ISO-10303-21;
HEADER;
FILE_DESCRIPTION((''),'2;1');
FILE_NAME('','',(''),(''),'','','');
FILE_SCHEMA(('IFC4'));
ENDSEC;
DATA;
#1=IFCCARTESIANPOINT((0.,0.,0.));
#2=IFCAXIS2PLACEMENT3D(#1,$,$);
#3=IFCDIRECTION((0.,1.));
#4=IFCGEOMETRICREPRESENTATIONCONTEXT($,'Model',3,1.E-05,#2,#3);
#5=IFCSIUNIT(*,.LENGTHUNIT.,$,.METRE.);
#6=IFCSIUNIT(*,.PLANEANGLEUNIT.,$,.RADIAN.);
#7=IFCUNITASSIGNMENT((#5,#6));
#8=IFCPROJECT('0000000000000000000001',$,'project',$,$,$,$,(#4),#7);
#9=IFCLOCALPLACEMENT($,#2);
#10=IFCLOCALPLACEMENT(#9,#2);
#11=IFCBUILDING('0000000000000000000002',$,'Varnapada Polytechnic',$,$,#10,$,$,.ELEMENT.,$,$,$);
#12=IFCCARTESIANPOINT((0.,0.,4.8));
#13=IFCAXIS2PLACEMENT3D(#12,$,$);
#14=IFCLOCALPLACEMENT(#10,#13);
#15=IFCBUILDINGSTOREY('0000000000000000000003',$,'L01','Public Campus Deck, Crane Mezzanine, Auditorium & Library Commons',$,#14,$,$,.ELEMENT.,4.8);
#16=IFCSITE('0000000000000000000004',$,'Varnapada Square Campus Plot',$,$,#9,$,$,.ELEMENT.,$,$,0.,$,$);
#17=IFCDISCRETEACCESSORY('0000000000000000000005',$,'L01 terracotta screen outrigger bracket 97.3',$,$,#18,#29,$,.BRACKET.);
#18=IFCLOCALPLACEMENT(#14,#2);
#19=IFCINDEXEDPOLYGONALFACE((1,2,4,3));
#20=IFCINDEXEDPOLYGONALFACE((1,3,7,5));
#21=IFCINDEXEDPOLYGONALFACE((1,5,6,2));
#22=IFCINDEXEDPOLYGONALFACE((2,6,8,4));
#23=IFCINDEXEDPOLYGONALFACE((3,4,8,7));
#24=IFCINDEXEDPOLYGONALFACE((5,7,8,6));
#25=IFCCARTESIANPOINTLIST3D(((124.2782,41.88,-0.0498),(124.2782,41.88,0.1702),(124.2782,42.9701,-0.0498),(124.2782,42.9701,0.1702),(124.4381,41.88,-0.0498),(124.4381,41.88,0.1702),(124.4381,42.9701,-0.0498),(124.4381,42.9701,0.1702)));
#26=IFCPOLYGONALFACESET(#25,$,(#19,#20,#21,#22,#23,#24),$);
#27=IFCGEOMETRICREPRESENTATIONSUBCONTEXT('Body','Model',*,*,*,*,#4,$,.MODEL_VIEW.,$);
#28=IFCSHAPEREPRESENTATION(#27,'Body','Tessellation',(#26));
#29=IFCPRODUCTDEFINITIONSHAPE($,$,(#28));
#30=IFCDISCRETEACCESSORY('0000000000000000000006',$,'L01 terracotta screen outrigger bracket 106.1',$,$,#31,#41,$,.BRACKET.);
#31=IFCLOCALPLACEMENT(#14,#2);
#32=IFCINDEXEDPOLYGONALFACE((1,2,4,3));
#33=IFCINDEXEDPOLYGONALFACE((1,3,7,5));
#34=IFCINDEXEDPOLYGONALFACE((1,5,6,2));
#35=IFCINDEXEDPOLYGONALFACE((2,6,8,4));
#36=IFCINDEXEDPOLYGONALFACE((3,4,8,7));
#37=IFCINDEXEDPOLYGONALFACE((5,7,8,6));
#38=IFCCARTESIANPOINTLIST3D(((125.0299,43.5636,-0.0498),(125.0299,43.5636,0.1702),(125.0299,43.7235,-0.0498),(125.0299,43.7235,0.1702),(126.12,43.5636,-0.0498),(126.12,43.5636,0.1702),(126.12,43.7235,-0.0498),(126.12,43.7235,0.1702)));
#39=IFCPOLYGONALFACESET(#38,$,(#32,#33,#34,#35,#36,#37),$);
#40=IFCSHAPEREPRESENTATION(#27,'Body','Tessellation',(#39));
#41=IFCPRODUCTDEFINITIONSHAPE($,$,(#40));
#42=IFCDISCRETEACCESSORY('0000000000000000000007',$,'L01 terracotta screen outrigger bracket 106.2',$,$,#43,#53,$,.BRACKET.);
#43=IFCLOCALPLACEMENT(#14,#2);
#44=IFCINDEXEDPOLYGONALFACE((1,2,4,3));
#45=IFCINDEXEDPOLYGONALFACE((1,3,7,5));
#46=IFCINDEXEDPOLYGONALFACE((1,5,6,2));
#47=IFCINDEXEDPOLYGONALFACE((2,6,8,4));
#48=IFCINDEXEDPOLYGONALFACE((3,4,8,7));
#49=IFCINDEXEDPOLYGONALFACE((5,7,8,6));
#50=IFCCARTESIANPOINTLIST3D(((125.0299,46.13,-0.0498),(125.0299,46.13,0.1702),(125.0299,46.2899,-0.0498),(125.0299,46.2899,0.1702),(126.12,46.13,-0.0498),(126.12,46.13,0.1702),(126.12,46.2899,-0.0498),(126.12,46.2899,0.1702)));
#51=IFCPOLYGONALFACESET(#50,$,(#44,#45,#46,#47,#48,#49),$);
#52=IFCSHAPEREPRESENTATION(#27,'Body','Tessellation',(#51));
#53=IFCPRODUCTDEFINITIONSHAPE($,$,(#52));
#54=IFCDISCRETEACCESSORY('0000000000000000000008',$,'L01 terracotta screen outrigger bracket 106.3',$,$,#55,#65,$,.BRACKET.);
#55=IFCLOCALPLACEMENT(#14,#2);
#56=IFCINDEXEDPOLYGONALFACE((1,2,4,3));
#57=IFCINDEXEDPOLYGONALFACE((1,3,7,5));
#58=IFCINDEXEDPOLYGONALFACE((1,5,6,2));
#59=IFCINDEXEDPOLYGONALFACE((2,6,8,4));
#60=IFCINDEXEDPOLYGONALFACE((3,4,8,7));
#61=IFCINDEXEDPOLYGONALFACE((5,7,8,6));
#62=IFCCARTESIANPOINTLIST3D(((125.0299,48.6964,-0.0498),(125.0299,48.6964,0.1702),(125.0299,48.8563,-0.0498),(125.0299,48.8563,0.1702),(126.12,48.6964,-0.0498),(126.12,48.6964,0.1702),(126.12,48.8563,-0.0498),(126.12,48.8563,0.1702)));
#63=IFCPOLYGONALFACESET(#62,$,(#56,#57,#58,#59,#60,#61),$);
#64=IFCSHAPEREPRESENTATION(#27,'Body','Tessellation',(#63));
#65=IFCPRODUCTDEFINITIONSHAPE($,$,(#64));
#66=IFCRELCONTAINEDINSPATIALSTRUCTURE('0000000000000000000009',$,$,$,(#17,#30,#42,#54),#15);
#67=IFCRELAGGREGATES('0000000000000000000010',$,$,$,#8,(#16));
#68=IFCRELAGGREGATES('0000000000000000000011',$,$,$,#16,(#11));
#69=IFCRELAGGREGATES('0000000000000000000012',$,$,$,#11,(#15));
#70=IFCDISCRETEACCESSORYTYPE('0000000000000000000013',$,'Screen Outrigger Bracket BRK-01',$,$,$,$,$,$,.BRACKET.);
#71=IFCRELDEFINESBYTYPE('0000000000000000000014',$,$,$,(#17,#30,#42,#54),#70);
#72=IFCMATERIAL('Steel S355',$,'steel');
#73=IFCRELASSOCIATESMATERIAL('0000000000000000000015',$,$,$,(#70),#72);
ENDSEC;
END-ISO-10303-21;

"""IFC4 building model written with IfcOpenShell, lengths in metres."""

from ifc_helpers import new_model, si_unit, direction, frame, origin, origin_2d, place, context, subcontext, project, spatial, rectangle, extrude, material, type_object, element, save


model = new_model("IFC4")

# Units and contexts
model_context = context("Model", 3, precision=1e-05, world=origin(), true_north=direction((0.0, 1.0)))
body_context = subcontext(model_context, "Body", "Model", "MODEL_VIEW")
ifc_project = project(units=[si_unit("LENGTHUNIT", "METRE"), si_unit("PLANEANGLEUNIT", "RADIAN")], contexts=[model_context])

# Site, building, storey
site_placement = place(None, origin())
site = spatial("IfcSite", under=ifc_project, at=site_placement, Name="Varnapada Square Campus Plot", CompositionType="ELEMENT", RefElevation=0.0)
building_placement = place(site_placement, origin())
building = spatial("IfcBuilding", under=site, at=building_placement, Name="Varnapada Polytechnic", CompositionType="ELEMENT")
storey_placement = place(building_placement, frame((0.0, 0.0, 4.8)))
storey = spatial("IfcBuildingStorey", under=building, at=storey_placement, Name="L01", Description="Public Campus Deck, Crane Mezzanine, Auditorium & Library Commons", CompositionType="ELEMENT", Elevation=4.8)

# Discrete accessories
ifc_material_1 = material(Name="Steel S355", Category="steel")
discrete_accessory_type = type_object("IfcDiscreteAccessoryType", Name="Screen Outrigger Bracket BRK-01", PredefinedType="BRACKET", material=ifc_material_1)
for number, where, z_axis, x_axis, name in (
    (1, (124.3582, 42.425, -0.0498), (0.0, 0.0, 1.0), (1.0, 0.0, 0.0), "L01 terracotta screen outrigger bracket 97.3"),
    (2, (125.575, 43.6436, -0.0498), (0.0, 0.0, 1.0), (0.0, 1.0, 0.0), "L01 terracotta screen outrigger bracket 106.1"),
    (3, (125.575, 46.21, -0.0498), (0.0, 0.0, 1.0), (0.0, 1.0, 0.0), "L01 terracotta screen outrigger bracket 106.2"),
    (4, (125.575, 48.7764, -0.0498), (0.0, 0.0, 1.0), (0.0, 1.0, 0.0), "L01 terracotta screen outrigger bracket 106.3"),
):
    element("IfcDiscreteAccessory", number, at=place(storey_placement, frame(where, z_axis=z_axis, x_axis=x_axis)), inside=storey, type_object=discrete_accessory_type, Name=name, PredefinedType="BRACKET", context=body_context, shape_type="SweptSolid", body=[
        extrude(rectangle(XDim=0.1599, YDim=1.0901, at=origin_2d()), origin(), (0.0, 0.0, 1.0), 0.22),
    ])

save(model, "model.ifc")
